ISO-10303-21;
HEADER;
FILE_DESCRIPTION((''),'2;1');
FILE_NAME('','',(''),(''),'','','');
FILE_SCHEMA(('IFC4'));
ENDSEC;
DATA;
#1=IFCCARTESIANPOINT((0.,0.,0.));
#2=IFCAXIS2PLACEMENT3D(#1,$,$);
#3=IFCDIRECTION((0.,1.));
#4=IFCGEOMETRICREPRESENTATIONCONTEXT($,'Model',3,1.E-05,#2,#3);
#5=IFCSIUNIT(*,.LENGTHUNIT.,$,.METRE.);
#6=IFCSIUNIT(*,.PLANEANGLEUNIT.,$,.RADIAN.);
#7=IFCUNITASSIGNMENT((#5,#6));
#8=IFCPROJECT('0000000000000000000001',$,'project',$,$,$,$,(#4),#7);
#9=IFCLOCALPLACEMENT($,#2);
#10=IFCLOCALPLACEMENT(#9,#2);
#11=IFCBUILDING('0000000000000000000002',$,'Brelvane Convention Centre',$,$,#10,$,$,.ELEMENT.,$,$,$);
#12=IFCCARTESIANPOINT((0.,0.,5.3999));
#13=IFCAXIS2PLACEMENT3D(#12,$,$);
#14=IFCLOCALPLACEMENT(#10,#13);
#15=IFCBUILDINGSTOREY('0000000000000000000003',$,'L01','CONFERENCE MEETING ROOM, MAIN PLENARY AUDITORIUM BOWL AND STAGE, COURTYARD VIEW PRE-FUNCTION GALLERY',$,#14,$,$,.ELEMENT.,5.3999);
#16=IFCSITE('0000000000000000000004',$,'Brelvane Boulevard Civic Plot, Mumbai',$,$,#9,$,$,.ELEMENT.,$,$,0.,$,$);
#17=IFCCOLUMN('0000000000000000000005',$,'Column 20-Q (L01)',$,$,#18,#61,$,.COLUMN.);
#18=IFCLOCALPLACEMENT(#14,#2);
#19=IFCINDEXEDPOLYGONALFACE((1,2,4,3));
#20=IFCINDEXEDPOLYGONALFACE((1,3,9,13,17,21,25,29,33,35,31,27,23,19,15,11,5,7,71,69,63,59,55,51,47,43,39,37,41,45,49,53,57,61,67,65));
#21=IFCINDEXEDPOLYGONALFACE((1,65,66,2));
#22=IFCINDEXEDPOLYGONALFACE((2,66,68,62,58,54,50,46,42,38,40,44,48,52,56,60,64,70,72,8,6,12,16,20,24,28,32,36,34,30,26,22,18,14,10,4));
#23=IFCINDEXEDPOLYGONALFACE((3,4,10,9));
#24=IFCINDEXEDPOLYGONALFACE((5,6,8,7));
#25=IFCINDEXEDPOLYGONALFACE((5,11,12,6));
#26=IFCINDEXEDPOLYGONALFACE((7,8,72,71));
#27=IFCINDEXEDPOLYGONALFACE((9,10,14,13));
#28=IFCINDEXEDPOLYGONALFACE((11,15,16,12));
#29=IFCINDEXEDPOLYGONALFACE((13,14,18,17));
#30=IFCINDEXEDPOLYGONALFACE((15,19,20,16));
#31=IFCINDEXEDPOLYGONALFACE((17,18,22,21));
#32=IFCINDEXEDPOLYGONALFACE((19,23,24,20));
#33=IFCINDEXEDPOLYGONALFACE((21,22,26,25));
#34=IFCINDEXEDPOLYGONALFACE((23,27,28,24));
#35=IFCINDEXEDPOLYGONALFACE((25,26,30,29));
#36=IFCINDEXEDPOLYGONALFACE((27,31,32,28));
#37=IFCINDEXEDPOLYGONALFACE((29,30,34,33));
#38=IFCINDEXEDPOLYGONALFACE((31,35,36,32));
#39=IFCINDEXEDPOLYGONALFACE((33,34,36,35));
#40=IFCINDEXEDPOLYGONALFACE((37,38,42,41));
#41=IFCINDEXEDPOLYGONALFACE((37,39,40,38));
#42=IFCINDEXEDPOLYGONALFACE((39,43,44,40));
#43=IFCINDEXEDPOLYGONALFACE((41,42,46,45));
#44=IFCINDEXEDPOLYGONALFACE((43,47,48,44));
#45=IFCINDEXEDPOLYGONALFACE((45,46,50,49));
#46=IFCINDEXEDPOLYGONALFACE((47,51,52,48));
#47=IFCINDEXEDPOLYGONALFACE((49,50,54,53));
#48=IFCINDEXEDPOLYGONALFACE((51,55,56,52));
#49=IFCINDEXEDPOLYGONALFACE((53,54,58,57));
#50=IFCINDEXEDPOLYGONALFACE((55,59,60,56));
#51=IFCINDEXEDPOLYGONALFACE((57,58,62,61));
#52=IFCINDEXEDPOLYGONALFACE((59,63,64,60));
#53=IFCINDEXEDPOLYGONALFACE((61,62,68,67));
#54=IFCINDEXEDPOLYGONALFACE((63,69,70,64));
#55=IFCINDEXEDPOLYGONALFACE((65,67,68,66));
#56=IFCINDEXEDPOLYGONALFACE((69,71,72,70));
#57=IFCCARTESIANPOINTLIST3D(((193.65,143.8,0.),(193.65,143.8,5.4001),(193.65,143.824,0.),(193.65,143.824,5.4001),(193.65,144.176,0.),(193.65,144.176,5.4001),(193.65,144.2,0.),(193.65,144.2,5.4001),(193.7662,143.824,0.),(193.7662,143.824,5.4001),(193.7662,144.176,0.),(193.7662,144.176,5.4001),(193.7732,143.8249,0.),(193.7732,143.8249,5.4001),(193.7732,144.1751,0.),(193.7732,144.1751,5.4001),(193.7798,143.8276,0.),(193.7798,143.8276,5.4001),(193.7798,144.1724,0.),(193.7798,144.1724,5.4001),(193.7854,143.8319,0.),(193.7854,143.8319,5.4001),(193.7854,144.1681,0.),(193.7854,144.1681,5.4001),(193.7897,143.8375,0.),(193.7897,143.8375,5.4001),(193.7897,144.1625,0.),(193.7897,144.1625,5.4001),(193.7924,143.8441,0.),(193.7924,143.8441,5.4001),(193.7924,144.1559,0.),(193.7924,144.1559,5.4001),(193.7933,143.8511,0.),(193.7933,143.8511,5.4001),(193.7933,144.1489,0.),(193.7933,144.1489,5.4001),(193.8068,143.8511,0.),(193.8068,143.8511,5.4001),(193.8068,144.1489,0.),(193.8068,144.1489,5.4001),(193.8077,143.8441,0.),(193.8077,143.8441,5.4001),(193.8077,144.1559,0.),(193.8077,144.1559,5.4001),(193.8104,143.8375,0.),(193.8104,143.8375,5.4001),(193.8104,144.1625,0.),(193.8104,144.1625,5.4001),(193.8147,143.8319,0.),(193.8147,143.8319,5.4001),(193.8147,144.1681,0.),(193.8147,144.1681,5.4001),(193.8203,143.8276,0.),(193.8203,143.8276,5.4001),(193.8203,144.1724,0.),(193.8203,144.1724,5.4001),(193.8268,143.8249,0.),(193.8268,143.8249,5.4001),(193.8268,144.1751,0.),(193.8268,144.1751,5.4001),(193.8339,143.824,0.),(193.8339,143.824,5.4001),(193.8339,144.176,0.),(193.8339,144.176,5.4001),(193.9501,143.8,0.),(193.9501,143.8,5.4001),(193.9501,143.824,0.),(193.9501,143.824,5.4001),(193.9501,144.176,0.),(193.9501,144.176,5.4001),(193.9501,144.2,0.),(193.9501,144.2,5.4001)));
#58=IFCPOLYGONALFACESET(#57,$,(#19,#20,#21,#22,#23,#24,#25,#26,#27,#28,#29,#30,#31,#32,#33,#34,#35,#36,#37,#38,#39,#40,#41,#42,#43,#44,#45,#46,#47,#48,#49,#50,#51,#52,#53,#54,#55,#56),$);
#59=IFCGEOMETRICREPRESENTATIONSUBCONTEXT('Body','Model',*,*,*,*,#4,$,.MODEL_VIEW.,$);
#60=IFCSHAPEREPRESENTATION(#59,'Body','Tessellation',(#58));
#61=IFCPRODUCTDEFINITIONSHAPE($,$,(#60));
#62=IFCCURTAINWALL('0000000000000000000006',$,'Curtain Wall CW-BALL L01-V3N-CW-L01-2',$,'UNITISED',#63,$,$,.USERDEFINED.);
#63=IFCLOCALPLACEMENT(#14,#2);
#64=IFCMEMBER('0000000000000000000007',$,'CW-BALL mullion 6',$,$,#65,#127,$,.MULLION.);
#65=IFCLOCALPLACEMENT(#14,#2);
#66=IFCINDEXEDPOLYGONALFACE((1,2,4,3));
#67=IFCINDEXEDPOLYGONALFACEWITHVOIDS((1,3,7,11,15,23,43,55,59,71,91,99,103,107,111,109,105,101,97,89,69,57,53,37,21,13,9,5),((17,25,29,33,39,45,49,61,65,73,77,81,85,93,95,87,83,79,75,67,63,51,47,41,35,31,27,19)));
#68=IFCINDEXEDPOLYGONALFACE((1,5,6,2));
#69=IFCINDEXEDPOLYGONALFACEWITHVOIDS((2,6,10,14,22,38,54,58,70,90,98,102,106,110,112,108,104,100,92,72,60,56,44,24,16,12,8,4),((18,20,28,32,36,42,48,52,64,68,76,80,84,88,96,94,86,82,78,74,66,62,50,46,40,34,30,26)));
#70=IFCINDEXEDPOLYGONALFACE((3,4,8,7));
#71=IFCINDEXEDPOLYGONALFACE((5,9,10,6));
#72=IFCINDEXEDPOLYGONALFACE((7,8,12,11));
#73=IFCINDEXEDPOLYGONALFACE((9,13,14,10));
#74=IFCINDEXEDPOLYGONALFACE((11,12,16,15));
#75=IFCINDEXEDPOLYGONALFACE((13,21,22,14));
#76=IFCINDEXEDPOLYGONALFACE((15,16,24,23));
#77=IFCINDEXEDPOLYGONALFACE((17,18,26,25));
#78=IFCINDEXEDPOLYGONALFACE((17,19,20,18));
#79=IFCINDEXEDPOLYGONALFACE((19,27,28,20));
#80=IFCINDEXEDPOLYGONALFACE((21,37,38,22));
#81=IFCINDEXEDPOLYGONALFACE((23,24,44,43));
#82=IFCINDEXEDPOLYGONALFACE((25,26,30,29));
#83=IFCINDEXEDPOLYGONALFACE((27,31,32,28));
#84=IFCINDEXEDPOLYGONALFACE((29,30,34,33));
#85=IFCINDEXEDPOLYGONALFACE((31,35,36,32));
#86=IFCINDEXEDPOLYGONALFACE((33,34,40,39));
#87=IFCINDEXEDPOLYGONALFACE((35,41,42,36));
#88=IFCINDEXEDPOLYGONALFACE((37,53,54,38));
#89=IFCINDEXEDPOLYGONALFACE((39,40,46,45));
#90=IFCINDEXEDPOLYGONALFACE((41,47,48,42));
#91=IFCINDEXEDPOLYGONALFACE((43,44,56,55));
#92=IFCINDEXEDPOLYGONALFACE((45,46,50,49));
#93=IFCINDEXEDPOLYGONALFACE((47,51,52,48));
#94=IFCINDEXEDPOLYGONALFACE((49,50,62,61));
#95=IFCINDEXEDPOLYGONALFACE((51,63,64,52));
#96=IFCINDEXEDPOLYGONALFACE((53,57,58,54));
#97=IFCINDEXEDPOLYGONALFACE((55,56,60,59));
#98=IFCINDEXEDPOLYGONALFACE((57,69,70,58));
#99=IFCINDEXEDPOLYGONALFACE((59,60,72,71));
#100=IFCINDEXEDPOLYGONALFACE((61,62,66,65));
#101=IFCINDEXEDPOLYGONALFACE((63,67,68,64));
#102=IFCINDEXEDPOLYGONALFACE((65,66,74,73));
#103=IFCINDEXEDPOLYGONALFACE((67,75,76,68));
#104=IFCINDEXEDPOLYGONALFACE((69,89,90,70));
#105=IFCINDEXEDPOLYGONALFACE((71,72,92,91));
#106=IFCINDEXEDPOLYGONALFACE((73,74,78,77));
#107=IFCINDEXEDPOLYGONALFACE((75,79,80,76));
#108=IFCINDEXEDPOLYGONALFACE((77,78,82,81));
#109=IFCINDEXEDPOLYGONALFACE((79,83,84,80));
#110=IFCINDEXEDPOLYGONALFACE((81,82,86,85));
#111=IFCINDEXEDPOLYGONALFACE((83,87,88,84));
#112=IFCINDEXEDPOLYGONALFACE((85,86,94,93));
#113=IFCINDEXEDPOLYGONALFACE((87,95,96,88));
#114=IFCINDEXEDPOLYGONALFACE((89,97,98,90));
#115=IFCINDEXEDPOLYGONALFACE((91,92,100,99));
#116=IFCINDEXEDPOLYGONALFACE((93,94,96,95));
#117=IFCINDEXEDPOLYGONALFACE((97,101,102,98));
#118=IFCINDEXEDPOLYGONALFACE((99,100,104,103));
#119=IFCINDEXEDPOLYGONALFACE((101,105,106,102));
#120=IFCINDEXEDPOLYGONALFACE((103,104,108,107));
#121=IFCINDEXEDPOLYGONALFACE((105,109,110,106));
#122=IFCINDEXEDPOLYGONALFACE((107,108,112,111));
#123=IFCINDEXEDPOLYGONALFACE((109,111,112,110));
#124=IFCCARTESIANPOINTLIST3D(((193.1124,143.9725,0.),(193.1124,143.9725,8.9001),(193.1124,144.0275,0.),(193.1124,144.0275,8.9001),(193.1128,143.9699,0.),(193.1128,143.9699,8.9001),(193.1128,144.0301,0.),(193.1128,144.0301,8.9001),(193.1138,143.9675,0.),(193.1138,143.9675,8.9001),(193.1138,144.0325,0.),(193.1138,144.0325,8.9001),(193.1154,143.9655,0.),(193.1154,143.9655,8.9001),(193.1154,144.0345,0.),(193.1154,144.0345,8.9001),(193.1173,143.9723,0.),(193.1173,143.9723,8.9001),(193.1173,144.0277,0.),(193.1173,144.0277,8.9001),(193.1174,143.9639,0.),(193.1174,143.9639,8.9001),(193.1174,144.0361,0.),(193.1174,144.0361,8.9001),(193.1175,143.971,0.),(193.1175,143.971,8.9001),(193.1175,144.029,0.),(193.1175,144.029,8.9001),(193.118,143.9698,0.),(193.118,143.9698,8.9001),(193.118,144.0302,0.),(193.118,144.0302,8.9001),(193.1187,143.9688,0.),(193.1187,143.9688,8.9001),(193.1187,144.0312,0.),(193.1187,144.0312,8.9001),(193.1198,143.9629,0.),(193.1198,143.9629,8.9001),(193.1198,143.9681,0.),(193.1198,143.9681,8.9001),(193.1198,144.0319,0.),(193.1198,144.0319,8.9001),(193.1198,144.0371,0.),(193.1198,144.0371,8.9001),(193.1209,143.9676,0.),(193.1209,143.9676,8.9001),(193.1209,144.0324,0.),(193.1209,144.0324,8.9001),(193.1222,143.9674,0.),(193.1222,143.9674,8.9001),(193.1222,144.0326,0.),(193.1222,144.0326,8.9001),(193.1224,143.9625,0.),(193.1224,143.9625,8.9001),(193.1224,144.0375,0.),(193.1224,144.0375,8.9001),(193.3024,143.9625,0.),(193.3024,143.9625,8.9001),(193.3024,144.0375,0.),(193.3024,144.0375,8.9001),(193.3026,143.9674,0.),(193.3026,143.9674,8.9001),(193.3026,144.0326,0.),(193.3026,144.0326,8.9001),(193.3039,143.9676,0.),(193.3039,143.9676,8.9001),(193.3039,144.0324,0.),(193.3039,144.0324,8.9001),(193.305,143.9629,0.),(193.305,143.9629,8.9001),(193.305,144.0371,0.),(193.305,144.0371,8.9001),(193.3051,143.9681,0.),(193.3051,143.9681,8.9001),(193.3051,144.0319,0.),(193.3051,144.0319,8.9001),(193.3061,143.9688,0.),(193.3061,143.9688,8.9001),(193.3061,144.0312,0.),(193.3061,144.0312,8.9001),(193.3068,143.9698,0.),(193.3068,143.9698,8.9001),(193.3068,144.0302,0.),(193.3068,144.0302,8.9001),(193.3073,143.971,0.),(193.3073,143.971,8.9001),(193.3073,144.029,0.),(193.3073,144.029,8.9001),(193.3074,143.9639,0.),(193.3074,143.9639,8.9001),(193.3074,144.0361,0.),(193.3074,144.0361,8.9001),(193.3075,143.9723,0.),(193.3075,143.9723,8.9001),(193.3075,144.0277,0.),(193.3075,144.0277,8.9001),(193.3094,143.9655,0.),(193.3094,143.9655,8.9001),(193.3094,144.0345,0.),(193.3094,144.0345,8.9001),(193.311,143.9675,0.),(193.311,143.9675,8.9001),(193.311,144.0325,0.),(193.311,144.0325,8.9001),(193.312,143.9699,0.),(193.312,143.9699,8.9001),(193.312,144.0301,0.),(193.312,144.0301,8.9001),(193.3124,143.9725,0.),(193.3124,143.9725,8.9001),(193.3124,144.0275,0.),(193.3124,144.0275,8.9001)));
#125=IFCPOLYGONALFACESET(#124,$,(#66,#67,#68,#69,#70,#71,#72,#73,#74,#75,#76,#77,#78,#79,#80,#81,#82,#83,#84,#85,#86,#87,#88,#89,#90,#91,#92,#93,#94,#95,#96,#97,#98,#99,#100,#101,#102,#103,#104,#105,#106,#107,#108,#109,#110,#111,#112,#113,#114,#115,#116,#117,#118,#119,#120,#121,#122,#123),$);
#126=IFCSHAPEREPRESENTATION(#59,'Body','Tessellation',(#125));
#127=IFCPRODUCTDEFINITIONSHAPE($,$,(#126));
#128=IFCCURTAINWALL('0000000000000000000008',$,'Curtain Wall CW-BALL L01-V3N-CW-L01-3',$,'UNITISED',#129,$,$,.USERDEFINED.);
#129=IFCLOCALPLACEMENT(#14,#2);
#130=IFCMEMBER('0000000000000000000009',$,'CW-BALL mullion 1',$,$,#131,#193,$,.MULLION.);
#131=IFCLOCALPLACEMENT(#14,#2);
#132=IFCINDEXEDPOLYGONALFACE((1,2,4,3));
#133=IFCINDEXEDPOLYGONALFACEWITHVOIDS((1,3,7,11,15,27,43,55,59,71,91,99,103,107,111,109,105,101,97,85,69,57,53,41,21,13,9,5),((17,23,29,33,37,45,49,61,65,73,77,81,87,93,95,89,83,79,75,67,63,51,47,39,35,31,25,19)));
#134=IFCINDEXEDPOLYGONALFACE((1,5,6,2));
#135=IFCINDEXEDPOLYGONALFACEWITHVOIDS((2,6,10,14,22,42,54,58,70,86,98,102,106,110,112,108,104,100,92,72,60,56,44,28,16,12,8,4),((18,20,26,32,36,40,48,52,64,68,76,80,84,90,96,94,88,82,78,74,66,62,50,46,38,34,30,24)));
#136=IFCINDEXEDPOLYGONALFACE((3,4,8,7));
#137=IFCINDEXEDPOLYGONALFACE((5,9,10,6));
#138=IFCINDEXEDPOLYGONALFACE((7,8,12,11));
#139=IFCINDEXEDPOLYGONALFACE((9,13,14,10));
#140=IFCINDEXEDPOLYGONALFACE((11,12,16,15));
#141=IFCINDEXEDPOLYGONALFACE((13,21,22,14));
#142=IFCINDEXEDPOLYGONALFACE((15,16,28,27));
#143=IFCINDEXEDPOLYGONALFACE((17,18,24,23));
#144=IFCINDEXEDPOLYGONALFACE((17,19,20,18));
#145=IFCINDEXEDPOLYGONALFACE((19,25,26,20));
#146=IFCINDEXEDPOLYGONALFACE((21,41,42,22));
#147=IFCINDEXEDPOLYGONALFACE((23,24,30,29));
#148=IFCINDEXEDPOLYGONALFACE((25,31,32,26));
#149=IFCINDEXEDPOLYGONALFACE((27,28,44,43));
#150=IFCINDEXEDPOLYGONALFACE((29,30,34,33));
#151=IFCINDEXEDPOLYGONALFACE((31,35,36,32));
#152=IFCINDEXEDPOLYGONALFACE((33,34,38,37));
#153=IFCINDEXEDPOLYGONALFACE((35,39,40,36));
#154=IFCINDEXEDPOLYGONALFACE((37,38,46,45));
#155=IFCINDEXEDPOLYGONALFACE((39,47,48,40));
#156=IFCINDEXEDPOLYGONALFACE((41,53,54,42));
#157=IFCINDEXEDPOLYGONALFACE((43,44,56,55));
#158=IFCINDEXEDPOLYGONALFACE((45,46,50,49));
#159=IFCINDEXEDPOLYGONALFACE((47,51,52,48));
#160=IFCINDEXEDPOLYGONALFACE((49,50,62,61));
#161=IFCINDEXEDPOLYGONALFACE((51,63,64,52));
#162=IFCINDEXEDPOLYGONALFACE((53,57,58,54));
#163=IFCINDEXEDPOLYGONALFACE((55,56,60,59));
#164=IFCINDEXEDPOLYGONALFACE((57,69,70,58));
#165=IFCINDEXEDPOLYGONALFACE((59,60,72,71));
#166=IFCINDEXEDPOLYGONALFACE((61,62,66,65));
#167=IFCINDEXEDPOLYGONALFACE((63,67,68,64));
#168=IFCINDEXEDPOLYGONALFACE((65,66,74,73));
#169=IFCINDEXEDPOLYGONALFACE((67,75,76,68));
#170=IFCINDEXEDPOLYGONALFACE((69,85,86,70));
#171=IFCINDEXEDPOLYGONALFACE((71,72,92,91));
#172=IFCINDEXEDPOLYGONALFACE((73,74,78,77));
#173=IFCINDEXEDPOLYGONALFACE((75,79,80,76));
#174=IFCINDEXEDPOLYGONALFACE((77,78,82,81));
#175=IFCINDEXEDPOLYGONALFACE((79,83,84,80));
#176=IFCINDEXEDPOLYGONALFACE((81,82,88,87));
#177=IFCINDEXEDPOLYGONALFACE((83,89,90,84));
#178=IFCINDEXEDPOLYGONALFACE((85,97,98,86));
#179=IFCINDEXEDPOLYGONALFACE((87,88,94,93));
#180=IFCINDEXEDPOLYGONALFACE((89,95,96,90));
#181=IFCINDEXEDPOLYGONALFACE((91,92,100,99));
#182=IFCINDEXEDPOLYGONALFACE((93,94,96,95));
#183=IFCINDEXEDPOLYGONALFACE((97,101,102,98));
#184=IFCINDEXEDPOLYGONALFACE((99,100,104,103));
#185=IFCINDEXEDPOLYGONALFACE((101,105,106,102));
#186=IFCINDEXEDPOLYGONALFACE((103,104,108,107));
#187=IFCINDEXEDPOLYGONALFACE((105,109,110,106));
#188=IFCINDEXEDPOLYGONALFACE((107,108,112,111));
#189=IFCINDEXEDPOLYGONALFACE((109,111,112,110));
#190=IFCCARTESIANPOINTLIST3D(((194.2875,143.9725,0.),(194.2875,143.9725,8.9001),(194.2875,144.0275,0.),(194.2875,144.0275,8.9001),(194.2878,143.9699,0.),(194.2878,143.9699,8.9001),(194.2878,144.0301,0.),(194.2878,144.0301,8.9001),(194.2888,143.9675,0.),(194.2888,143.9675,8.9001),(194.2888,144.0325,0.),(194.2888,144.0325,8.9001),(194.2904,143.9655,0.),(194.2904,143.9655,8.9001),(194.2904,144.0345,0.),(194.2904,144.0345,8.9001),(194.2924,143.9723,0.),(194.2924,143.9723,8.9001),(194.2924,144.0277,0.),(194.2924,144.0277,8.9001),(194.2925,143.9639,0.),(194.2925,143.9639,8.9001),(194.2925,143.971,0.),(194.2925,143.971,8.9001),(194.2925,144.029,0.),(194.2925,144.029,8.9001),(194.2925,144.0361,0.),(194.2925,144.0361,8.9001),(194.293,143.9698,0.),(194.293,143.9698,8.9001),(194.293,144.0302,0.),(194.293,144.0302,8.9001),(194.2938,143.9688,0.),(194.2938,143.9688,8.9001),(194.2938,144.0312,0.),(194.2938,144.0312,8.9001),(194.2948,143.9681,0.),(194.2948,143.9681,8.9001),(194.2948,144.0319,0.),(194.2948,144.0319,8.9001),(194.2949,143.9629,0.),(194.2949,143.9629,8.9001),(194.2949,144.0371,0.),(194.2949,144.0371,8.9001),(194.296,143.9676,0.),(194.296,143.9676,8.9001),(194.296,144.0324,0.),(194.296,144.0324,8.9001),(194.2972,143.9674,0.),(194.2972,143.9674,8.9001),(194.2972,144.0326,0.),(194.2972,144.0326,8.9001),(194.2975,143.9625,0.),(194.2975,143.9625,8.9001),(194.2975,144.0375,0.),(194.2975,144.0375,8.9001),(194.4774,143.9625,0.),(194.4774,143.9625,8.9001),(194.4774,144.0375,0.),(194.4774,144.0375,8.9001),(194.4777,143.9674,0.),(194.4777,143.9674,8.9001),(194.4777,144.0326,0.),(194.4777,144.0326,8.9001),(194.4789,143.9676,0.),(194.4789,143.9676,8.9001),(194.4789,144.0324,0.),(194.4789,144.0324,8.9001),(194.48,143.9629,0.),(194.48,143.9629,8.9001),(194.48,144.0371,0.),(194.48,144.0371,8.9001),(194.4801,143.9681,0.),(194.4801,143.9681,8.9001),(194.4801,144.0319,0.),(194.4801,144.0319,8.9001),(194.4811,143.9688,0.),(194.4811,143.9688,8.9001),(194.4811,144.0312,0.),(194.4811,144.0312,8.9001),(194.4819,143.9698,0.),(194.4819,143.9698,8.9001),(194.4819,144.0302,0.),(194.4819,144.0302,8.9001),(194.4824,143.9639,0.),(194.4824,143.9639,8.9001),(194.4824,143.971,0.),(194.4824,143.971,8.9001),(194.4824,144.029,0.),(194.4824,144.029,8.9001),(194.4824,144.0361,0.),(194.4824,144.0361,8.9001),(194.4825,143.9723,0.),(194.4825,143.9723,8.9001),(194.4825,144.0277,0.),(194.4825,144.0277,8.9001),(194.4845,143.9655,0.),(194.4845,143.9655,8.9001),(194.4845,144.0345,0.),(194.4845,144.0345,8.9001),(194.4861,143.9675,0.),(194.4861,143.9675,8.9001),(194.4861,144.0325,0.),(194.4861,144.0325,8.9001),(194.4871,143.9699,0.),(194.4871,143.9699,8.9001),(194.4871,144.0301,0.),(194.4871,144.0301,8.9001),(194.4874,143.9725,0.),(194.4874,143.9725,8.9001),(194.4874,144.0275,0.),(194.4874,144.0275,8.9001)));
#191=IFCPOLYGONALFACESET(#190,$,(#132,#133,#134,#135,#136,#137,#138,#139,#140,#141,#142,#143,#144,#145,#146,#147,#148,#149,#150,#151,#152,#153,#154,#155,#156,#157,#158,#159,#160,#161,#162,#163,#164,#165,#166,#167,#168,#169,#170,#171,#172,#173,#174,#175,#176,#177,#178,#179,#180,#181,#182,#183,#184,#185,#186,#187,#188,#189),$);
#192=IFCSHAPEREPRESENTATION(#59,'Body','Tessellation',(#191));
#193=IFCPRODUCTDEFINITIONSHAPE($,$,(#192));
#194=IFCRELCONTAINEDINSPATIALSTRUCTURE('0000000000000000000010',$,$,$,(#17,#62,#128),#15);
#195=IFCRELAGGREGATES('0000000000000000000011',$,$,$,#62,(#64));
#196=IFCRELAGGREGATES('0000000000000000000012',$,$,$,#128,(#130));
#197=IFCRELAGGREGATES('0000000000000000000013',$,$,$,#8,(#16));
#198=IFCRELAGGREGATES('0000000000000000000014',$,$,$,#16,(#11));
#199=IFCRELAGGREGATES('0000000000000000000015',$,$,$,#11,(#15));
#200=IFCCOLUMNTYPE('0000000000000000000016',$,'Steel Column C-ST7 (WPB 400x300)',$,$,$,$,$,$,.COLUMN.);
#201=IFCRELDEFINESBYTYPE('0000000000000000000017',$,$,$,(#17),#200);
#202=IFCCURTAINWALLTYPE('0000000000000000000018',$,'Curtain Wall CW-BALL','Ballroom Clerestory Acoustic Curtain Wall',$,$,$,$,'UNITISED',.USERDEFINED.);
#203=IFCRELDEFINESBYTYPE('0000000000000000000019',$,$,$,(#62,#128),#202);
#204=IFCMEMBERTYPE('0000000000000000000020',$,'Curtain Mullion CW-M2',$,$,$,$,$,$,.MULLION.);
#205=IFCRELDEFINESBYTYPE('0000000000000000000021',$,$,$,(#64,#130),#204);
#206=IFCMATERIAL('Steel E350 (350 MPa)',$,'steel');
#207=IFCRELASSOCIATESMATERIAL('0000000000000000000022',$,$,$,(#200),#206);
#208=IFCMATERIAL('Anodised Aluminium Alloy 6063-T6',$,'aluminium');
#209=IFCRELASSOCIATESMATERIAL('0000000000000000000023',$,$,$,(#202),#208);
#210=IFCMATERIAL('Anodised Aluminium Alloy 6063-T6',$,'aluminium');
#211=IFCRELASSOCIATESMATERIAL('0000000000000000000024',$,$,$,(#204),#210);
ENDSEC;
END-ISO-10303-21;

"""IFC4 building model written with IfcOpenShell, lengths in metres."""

from ifc_helpers import new_model, si_unit, direction, frame, origin, origin_2d, place, context, subcontext, project, spatial, hollow_rectangle, i_section, extrude, material, material_profile, profile_set, type_object, element, aggregate, save


model = new_model("IFC4")

# Units and contexts
model_context = context("Model", 3, precision=1e-05, world=origin(), true_north=direction((0.0, 1.0)))
body_context = subcontext(model_context, "Body", "Model", "MODEL_VIEW")
ifc_project = project(units=[si_unit("LENGTHUNIT", "METRE"), si_unit("PLANEANGLEUNIT", "RADIAN")], contexts=[model_context])

# Site, building, storey
site_placement = place(None, origin())
site = spatial("IfcSite", under=ifc_project, at=site_placement, Name="Brelvane Boulevard Civic Plot, Mumbai", CompositionType="ELEMENT", RefElevation=0.0)
building_placement = place(site_placement, origin())
building = spatial("IfcBuilding", under=site, at=building_placement, Name="Brelvane Convention Centre", CompositionType="ELEMENT")
storey_placement = place(building_placement, frame((0.0, 0.0, 5.3999)))
storey = spatial("IfcBuildingStorey", under=building, at=storey_placement, Name="L01", Description="CONFERENCE MEETING ROOM, MAIN PLENARY AUDITORIUM BOWL AND STAGE, COURTYARD VIEW PRE-FUNCTION GALLERY", CompositionType="ELEMENT", Elevation=5.3999)

# Column
ifc_material_1 = material(Name="Steel E350 (350 MPa)", Category="steel")
ifc_material_profile_1 = material_profile(ifc_material_1, i_section(OverallWidth=0.3, OverallDepth=0.3999, WebThickness=0.0134, FlangeThickness=0.0239, FilletRadius=0.0271, at=origin_2d()), Name="WPB 400x300")
ifc_profile_set_1 = profile_set([ifc_material_profile_1], Name="Steel E350 (350 MPa)")
column_type = type_object("IfcColumnType", Name="Steel Column C-ST7 (WPB 400x300)", PredefinedType="COLUMN", material=ifc_profile_set_1)
column_placement = place(storey_placement, frame((193.8, 144.0, 0.0), z_axis=(0.0, 0.0, 1.0), x_axis=(1.0, 0.0, 0.0)))
element("IfcColumn", 1, at=column_placement, inside=storey, type_object=column_type, Name="Column 20-Q (L01)", PredefinedType="COLUMN", context=body_context, shape_type="SweptSolid", body=[
    extrude(i_section(OverallWidth=0.3, OverallDepth=0.3999, WebThickness=0.0134, FlangeThickness=0.0239, FilletRadius=0.0271, at=origin_2d()), origin(), (0.0, 0.0, 1.0), 5.4001),
])

# Curtain wall, member
ifc_material_2 = material(Name="Anodised Aluminium Alloy 6063-T6", Category="aluminium")
curtain_wall_type = type_object("IfcCurtainWallType", Name="Curtain Wall CW-BALL", Description="Ballroom Clerestory Acoustic Curtain Wall", ElementType="UNITISED", PredefinedType="USERDEFINED", material=ifc_material_2)
curtain_wall_1_placement = place(storey_placement, origin())
curtain_wall_1 = element("IfcCurtainWall", 2, at=curtain_wall_1_placement, inside=storey, type_object=curtain_wall_type, Name="Curtain Wall CW-BALL L01-V3N-CW-L01-2", ObjectType="UNITISED", PredefinedType="USERDEFINED")
ifc_material_3 = material(Name="Anodised Aluminium Alloy 6063-T6", Category="aluminium")
ifc_material_profile_2 = material_profile(ifc_material_3, hollow_rectangle(XDim=0.075, YDim=0.2, WallThickness=0.0049, InnerFilletRadius=0.0049, OuterFilletRadius=0.01, at=origin_2d()), Name="ALU-M 200x75x5.0")
ifc_profile_set_2 = profile_set([ifc_material_profile_2], Name="Anodised Aluminium Alloy 6063-T6")
member_type_1 = type_object("IfcMemberType", Name="Curtain Mullion CW-M2", PredefinedType="MULLION", material=ifc_profile_set_2)
member_1_placement = place(storey_placement, frame((193.2124, 144.0, 0.0), z_axis=(0.0, 0.0, 1.0), x_axis=(0.0, 1.0, 0.0)))
member_1 = element("IfcMember", 3, at=member_1_placement, type_object=member_type_1, Name="CW-BALL mullion 6", PredefinedType="MULLION", context=body_context, shape_type="SweptSolid", body=[
    extrude(hollow_rectangle(XDim=0.075, YDim=0.2, WallThickness=0.0049, InnerFilletRadius=0.0049, OuterFilletRadius=0.01, at=origin_2d()), origin(), (0.0, 0.0, 1.0), 8.9001),
])
aggregate(curtain_wall_1, [member_1])

# Curtain wall, member
curtain_wall_2_placement = place(storey_placement, origin())
curtain_wall_2 = element("IfcCurtainWall", 4, at=curtain_wall_2_placement, inside=storey, type_object=curtain_wall_type, Name="Curtain Wall CW-BALL L01-V3N-CW-L01-3", ObjectType="UNITISED", PredefinedType="USERDEFINED")
member_2_placement = place(storey_placement, frame((194.3875, 144.0, 0.0), z_axis=(0.0, 0.0, 1.0), x_axis=(0.0, 1.0, 0.0)))
member_2 = element("IfcMember", 5, at=member_2_placement, type_object=member_type_1, Name="CW-BALL mullion 1", PredefinedType="MULLION", context=body_context, shape_type="SweptSolid", body=[
    extrude(hollow_rectangle(XDim=0.075, YDim=0.2, WallThickness=0.0049, InnerFilletRadius=0.0049, OuterFilletRadius=0.01, at=origin_2d()), origin(), (0.0, 0.0, 1.0), 8.9001),
])
aggregate(curtain_wall_2, [member_2])

save(model, "model.ifc")
